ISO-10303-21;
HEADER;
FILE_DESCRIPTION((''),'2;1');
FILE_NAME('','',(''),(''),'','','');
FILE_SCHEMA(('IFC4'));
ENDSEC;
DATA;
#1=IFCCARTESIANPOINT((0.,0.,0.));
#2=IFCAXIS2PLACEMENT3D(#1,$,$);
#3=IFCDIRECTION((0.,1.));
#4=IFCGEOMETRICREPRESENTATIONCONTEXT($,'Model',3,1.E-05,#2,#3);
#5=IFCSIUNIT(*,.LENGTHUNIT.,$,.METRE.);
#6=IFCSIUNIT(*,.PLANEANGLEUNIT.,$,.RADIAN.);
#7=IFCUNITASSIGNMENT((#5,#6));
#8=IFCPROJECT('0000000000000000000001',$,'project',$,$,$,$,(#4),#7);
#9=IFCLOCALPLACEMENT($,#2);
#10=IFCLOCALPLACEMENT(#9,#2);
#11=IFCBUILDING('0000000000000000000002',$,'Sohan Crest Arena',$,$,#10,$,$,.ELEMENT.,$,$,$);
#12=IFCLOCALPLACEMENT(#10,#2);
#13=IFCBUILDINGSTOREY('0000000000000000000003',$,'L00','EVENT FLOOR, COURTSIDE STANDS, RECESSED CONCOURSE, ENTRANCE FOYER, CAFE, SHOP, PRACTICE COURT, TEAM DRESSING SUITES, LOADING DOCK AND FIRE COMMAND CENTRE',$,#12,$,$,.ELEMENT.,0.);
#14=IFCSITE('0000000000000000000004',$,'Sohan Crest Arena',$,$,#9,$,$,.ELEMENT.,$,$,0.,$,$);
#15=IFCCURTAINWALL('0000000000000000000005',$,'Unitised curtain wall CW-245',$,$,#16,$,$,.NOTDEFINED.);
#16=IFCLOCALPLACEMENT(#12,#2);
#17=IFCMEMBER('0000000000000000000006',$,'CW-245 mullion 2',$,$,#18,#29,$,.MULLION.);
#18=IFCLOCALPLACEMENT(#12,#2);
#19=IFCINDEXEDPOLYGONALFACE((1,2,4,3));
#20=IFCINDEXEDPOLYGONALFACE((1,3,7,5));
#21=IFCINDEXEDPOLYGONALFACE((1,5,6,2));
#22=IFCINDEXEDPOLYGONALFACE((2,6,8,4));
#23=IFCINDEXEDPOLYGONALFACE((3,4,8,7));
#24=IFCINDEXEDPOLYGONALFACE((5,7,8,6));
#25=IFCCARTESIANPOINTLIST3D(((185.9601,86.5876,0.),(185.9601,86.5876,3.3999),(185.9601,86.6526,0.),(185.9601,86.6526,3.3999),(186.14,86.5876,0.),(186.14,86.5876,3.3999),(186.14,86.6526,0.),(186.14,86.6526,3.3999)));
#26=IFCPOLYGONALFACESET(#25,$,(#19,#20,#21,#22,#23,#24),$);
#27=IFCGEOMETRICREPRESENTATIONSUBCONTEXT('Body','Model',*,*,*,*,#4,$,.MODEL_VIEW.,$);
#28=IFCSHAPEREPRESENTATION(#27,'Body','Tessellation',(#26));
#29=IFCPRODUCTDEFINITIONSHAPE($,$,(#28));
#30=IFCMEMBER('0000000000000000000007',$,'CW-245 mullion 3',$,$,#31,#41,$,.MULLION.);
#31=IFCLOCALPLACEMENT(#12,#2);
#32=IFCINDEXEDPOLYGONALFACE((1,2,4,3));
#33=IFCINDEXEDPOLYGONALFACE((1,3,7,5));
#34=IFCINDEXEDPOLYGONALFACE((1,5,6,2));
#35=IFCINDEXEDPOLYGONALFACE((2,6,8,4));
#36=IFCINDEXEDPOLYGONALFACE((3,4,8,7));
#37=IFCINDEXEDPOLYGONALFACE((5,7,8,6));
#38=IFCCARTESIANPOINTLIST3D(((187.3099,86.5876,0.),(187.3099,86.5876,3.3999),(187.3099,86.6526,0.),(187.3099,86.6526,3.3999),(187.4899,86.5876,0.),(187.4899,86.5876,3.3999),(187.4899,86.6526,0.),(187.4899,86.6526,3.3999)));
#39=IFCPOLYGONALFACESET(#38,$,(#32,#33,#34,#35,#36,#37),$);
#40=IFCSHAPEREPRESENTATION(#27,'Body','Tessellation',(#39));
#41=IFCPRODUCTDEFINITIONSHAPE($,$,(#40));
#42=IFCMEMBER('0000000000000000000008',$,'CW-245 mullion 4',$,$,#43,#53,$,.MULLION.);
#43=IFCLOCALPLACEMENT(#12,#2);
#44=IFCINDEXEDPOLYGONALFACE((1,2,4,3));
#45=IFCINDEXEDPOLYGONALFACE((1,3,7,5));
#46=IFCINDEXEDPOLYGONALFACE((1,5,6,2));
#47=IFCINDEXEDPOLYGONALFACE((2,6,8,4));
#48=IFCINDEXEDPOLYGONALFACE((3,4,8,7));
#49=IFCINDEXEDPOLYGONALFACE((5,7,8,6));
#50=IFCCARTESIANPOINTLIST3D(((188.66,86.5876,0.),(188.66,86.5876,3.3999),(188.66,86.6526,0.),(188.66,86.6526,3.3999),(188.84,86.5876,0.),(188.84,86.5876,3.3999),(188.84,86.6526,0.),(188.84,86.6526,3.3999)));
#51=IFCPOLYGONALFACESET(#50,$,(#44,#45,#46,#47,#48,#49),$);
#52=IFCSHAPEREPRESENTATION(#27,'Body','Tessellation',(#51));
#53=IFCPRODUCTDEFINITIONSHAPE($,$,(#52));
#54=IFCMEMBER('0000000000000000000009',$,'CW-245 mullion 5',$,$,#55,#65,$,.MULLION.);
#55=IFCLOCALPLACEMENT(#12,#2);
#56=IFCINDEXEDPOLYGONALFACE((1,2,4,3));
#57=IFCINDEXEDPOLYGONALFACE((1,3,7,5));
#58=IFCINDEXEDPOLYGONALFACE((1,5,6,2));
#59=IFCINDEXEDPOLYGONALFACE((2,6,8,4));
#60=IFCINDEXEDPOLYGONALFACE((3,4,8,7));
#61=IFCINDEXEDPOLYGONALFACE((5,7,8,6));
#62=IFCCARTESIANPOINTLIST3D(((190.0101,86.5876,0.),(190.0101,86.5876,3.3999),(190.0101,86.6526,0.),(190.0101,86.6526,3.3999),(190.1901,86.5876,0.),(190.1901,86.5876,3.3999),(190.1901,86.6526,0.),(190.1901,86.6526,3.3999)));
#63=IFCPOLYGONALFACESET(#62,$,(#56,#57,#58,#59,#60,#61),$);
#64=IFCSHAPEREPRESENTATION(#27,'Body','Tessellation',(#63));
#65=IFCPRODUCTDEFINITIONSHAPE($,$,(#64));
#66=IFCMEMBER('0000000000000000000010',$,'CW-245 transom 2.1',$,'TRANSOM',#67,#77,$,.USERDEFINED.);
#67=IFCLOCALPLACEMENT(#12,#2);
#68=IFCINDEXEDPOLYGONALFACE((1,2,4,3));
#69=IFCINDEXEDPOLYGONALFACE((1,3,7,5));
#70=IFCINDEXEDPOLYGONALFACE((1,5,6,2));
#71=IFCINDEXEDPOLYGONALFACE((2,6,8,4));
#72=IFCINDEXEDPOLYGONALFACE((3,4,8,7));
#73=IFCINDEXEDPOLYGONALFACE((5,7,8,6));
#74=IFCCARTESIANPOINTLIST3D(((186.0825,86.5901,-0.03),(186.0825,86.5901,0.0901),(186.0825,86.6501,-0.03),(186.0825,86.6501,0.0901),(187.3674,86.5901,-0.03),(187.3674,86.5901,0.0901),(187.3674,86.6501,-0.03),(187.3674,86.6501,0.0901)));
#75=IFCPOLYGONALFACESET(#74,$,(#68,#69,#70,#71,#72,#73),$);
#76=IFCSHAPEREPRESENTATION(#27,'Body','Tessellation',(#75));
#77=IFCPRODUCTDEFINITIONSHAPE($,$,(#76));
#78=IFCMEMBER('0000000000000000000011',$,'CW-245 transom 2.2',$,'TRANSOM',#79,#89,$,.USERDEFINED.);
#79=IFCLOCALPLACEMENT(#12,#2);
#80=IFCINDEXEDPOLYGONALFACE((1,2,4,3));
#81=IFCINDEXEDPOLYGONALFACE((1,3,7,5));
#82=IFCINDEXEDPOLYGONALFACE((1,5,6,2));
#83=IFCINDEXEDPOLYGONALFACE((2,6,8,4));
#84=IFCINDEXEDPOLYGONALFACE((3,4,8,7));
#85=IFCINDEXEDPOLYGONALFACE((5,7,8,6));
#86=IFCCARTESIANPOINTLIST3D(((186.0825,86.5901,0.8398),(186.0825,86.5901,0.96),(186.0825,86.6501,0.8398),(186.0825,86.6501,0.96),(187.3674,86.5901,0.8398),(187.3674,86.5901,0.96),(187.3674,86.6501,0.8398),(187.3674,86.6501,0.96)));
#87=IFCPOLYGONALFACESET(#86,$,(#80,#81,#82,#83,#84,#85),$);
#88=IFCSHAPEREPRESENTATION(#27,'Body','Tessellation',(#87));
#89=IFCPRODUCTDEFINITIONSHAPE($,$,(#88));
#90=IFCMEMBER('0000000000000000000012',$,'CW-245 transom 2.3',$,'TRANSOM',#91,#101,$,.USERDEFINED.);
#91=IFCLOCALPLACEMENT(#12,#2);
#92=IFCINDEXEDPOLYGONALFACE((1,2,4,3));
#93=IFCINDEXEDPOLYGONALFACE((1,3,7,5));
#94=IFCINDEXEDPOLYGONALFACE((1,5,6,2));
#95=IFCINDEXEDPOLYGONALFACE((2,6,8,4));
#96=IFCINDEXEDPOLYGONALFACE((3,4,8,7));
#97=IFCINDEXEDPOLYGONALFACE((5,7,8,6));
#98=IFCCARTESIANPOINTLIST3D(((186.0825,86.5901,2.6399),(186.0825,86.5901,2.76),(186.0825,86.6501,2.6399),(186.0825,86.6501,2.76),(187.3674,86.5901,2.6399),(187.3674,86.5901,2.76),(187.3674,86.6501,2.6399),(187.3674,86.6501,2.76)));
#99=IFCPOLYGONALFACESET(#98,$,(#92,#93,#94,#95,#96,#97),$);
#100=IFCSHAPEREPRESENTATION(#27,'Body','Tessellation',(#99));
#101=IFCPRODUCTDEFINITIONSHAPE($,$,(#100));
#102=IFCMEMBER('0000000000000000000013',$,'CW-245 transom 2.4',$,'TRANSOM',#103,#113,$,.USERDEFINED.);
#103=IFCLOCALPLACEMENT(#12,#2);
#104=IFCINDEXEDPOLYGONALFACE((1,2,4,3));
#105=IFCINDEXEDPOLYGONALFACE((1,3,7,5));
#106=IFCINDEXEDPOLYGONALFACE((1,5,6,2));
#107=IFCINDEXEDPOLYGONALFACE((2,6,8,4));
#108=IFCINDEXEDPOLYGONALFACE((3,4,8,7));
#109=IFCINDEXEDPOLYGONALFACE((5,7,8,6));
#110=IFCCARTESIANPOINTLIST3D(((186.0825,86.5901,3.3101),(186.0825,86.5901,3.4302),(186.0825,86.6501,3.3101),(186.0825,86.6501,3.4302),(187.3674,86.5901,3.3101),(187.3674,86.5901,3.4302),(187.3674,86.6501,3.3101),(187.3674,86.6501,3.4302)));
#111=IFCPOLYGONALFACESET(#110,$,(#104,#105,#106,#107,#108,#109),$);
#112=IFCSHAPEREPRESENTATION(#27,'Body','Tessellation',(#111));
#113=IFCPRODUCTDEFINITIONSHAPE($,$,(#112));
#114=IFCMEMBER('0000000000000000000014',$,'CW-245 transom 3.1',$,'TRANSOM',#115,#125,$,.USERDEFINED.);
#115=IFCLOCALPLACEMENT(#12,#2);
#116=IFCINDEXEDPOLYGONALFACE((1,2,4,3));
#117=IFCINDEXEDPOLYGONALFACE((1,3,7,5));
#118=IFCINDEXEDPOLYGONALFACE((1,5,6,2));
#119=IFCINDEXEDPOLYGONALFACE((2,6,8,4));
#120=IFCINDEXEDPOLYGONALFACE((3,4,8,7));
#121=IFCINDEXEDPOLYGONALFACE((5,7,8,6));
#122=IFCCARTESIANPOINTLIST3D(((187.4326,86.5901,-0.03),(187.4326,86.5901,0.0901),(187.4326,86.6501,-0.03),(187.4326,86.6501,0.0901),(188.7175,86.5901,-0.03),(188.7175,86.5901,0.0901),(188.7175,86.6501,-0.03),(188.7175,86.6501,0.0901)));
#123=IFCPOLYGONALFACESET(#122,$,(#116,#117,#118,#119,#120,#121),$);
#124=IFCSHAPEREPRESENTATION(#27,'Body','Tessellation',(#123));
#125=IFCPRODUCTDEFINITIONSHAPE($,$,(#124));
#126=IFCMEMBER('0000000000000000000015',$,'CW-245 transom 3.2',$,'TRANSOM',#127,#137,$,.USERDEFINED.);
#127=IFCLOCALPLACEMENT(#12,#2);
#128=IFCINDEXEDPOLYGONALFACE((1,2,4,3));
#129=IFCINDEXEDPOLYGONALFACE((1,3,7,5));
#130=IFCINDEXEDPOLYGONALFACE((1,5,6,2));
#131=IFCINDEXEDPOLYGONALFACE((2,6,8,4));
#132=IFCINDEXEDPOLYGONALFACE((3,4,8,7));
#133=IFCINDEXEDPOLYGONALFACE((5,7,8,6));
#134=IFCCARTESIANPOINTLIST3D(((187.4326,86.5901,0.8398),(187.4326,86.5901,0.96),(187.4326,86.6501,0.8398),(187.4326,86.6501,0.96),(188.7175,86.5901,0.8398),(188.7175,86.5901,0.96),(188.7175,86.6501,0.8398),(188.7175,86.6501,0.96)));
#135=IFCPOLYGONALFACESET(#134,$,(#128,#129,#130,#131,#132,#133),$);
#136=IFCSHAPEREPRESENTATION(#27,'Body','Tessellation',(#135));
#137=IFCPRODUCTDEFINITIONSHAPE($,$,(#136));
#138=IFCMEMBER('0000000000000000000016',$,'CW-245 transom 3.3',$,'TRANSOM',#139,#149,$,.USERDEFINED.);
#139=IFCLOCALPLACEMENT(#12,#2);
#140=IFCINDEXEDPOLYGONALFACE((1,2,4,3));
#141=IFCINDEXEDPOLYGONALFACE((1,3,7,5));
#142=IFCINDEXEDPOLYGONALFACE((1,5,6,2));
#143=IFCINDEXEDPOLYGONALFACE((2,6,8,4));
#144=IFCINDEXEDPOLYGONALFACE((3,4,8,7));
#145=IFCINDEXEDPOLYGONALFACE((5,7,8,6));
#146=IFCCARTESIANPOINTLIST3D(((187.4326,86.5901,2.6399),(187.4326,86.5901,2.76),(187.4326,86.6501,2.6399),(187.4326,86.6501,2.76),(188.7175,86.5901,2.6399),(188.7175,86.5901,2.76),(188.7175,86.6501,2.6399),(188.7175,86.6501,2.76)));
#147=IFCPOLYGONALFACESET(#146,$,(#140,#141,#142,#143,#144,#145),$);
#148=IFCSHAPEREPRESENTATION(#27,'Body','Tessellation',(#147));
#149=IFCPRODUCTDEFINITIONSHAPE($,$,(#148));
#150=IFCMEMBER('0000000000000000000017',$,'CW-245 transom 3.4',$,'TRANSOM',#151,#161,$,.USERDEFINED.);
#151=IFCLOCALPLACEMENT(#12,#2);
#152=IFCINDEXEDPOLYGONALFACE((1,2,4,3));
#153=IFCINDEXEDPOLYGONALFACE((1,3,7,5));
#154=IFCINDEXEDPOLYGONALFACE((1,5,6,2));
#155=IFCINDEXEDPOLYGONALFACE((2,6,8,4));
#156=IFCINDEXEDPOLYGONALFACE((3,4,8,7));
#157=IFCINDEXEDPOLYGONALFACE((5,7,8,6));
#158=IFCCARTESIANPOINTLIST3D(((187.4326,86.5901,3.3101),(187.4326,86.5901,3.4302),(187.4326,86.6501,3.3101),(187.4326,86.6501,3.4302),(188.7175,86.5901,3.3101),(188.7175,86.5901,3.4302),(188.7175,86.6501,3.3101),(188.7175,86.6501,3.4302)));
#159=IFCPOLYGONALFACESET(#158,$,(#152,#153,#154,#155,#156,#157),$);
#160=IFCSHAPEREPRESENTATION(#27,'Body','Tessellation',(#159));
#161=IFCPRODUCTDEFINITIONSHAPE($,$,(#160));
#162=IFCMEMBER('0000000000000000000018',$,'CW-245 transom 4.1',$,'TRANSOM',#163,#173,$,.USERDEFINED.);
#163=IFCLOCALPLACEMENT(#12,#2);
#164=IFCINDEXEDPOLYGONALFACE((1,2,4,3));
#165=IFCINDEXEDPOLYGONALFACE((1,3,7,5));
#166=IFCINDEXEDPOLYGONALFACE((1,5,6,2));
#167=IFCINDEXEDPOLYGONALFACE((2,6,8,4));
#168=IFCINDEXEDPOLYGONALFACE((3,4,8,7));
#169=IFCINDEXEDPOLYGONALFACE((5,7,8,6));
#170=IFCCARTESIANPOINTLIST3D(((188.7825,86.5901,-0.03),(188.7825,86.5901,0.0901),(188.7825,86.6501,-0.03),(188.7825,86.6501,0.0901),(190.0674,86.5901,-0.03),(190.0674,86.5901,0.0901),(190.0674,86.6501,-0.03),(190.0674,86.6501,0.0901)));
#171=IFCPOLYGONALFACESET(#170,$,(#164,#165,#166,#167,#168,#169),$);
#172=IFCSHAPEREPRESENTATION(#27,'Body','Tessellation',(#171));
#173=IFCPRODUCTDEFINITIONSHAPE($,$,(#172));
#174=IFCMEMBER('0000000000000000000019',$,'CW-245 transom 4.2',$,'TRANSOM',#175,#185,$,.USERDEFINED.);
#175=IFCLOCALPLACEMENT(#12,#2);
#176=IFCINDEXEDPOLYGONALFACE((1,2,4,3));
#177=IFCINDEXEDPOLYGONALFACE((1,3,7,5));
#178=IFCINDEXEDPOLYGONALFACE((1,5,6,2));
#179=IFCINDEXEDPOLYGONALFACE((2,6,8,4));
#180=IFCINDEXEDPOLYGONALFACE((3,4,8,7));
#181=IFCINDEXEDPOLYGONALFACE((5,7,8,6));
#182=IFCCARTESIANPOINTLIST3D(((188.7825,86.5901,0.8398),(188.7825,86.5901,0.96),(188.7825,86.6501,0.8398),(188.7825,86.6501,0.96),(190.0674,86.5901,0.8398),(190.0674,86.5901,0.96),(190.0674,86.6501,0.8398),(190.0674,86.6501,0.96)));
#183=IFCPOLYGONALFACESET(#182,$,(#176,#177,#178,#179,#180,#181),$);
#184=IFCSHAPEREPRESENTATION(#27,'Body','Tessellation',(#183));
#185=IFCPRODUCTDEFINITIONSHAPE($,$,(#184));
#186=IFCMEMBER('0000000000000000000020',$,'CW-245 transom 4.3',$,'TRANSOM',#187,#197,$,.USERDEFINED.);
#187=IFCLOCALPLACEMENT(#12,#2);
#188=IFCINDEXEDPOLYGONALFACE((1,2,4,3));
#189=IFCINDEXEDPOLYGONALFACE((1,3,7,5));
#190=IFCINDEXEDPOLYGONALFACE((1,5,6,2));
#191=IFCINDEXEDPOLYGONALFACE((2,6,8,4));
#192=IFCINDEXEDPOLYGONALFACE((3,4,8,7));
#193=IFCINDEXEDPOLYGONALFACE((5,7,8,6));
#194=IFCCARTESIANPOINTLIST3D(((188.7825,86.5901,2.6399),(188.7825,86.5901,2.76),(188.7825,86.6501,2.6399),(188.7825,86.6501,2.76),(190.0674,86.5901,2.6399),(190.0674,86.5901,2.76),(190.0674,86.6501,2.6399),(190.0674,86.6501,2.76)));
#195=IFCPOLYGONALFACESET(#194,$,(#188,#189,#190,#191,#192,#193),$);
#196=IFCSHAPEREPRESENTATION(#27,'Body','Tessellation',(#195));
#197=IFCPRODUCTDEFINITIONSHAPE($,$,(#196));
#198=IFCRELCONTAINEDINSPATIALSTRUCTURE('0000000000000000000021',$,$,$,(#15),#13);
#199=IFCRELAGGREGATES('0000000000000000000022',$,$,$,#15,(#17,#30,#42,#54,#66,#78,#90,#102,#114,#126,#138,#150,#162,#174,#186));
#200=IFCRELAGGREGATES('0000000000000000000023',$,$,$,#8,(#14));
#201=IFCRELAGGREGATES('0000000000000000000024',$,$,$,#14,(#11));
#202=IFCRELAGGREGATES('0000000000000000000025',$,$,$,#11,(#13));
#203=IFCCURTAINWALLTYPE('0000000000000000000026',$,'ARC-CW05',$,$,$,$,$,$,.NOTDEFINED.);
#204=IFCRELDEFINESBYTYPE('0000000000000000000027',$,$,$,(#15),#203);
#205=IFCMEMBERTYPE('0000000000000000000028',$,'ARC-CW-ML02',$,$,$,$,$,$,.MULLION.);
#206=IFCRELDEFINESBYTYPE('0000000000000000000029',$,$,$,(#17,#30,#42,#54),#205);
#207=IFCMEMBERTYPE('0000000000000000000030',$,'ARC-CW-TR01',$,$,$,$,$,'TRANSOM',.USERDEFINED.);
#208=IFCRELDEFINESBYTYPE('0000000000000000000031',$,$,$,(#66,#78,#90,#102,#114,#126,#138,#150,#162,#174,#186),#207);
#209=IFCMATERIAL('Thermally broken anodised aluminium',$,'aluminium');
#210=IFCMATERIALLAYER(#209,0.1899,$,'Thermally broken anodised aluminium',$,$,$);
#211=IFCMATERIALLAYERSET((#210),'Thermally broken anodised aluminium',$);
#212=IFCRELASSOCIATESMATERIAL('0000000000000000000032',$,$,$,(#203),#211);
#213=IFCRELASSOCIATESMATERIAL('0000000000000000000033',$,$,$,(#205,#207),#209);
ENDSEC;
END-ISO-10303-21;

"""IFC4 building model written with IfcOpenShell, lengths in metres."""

from ifc_helpers import new_model, si_unit, direction, frame, origin, origin_2d, place, context, subcontext, project, spatial, rectangle, extrude, material, layer, layer_set, material_profile, profile_set, type_object, element, aggregate, save


model = new_model("IFC4")

# Units and contexts
model_context = context("Model", 3, precision=1e-05, world=origin(), true_north=direction((0.0, 1.0)))
body_context = subcontext(model_context, "Body", "Model", "MODEL_VIEW")
ifc_project = project(units=[si_unit("LENGTHUNIT", "METRE"), si_unit("PLANEANGLEUNIT", "RADIAN")], contexts=[model_context])

# Site, building, storey
site_placement = place(None, origin())
site = spatial("IfcSite", under=ifc_project, at=site_placement, Name="Sohan Crest Arena", CompositionType="ELEMENT", RefElevation=0.0)
building_placement = place(site_placement, origin())
building = spatial("IfcBuilding", under=site, at=building_placement, Name="Sohan Crest Arena", CompositionType="ELEMENT")
storey_placement = place(building_placement, origin())
storey = spatial("IfcBuildingStorey", under=building, at=storey_placement, Name="L00", Description="EVENT FLOOR, COURTSIDE STANDS, RECESSED CONCOURSE, ENTRANCE FOYER, CAFE, SHOP, PRACTICE COURT, TEAM DRESSING SUITES, LOADING DOCK AND FIRE COMMAND CENTRE", CompositionType="ELEMENT", Elevation=0.0)

# Curtain wall, members
ifc_material_1 = material(Name="Thermally broken anodised aluminium", Category="aluminium")
ifc_layer_1 = layer(ifc_material_1, 0.1899, Name="Thermally broken anodised aluminium")
ifc_layer_set_1 = layer_set([ifc_layer_1], Name="Thermally broken anodised aluminium")
curtain_wall_type = type_object("IfcCurtainWallType", Name="ARC-CW05", PredefinedType="NOTDEFINED", material=ifc_layer_set_1)
curtain_wall_placement = place(storey_placement, origin())
curtain_wall = element("IfcCurtainWall", 1, at=curtain_wall_placement, inside=storey, type_object=curtain_wall_type, Name="Unitised curtain wall CW-245", PredefinedType="NOTDEFINED")
ifc_material_profile_1 = material_profile(ifc_material_1, rectangle(XDim=0.0649, YDim=0.1799, at=origin_2d()), Name="ALU-MULL 65x180")
ifc_profile_set_1 = profile_set([ifc_material_profile_1], Name="Thermally broken anodised aluminium")
member_type_1 = type_object("IfcMemberType", Name="ARC-CW-ML02", PredefinedType="MULLION", material=ifc_profile_set_1)
member_1_placement = place(storey_placement, frame((186.05, 86.6201, 0.0), z_axis=(0.0, 0.0, 1.0), x_axis=(0.0, 1.0, 0.0)))
member_1 = element("IfcMember", 2, at=member_1_placement, type_object=member_type_1, Name="CW-245 mullion 2", PredefinedType="MULLION", context=body_context, shape_type="SweptSolid", body=[
    extrude(rectangle(XDim=0.0649, YDim=0.1799, at=origin_2d()), origin(), (0.0, 0.0, 1.0), 3.3999),
])
member_2_placement = place(storey_placement, frame((187.3999, 86.6201, 0.0), z_axis=(0.0, 0.0, 1.0), x_axis=(0.0, 1.0, 0.0)))
member_2 = element("IfcMember", 3, at=member_2_placement, type_object=member_type_1, Name="CW-245 mullion 3", PredefinedType="MULLION", context=body_context, shape_type="SweptSolid", body=[
    extrude(rectangle(XDim=0.0649, YDim=0.1799, at=origin_2d()), origin(), (0.0, 0.0, 1.0), 3.3999),
])
member_3_placement = place(storey_placement, frame((188.75, 86.6201, 0.0), z_axis=(0.0, 0.0, 1.0), x_axis=(0.0, 1.0, 0.0)))
member_3 = element("IfcMember", 4, at=member_3_placement, type_object=member_type_1, Name="CW-245 mullion 4", PredefinedType="MULLION", context=body_context, shape_type="SweptSolid", body=[
    extrude(rectangle(XDim=0.0649, YDim=0.1799, at=origin_2d()), origin(), (0.0, 0.0, 1.0), 3.3999),
])
member_4_placement = place(storey_placement, frame((190.1001, 86.6201, 0.0), z_axis=(0.0, 0.0, 1.0), x_axis=(0.0, 1.0, 0.0)))
member_4 = element("IfcMember", 5, at=member_4_placement, type_object=member_type_1, Name="CW-245 mullion 5", PredefinedType="MULLION", context=body_context, shape_type="SweptSolid", body=[
    extrude(rectangle(XDim=0.0649, YDim=0.1799, at=origin_2d()), origin(), (0.0, 0.0, 1.0), 3.3999),
])
ifc_material_profile_2 = material_profile(ifc_material_1, rectangle(XDim=0.0601, YDim=0.1201, at=origin_2d()), Name="ALU-TRAN 60x120")
ifc_profile_set_2 = profile_set([ifc_material_profile_2], Name="Thermally broken anodised aluminium")
member_type_2 = type_object("IfcMemberType", Name="ARC-CW-TR01", ElementType="TRANSOM", PredefinedType="USERDEFINED", material=ifc_profile_set_2)
member_5_placement = place(storey_placement, frame((186.0825, 86.6201, 0.03), z_axis=(1.0, 0.0, 0.0), x_axis=(0.0, 1.0, 0.0)))
member_5 = element("IfcMember", 6, at=member_5_placement, type_object=member_type_2, Name="CW-245 transom 2.1", ObjectType="TRANSOM", PredefinedType="USERDEFINED", context=body_context, shape_type="SweptSolid", body=[
    extrude(rectangle(XDim=0.0601, YDim=0.1201, at=origin_2d()), origin(), (0.0, 0.0, 1.0), 1.2849),
])
member_6_placement = place(storey_placement, frame((186.0825, 86.6201, 0.8999), z_axis=(1.0, 0.0, 0.0), x_axis=(0.0, 1.0, 0.0)))
member_6 = element("IfcMember", 7, at=member_6_placement, type_object=member_type_2, Name="CW-245 transom 2.2", ObjectType="TRANSOM", PredefinedType="USERDEFINED", context=body_context, shape_type="SweptSolid", body=[
    extrude(rectangle(XDim=0.0601, YDim=0.1201, at=origin_2d()), origin(), (0.0, 0.0, 1.0), 1.2849),
])
member_7_placement = place(storey_placement, frame((186.0825, 86.6201, 2.7), z_axis=(1.0, 0.0, 0.0), x_axis=(0.0, 1.0, 0.0)))
member_7 = element("IfcMember", 8, at=member_7_placement, type_object=member_type_2, Name="CW-245 transom 2.3", ObjectType="TRANSOM", PredefinedType="USERDEFINED", context=body_context, shape_type="SweptSolid", body=[
    extrude(rectangle(XDim=0.0601, YDim=0.1201, at=origin_2d()), origin(), (0.0, 0.0, 1.0), 1.2849),
])
member_8_placement = place(storey_placement, frame((186.0825, 86.6201, 3.3701), z_axis=(1.0, 0.0, 0.0), x_axis=(0.0, 1.0, 0.0)))
member_8 = element("IfcMember", 9, at=member_8_placement, type_object=member_type_2, Name="CW-245 transom 2.4", ObjectType="TRANSOM", PredefinedType="USERDEFINED", context=body_context, shape_type="SweptSolid", body=[
    extrude(rectangle(XDim=0.0601, YDim=0.1201, at=origin_2d()), origin(), (0.0, 0.0, 1.0), 1.2849),
])
member_9_placement = place(storey_placement, frame((187.4326, 86.6201, 0.03), z_axis=(1.0, 0.0, 0.0), x_axis=(0.0, 1.0, 0.0)))
member_9 = element("IfcMember", 10, at=member_9_placement, type_object=member_type_2, Name="CW-245 transom 3.1", ObjectType="TRANSOM", PredefinedType="USERDEFINED", context=body_context, shape_type="SweptSolid", body=[
    extrude(rectangle(XDim=0.0601, YDim=0.1201, at=origin_2d()), origin(), (0.0, 0.0, 1.0), 1.2849),
])
member_10_placement = place(storey_placement, frame((187.4326, 86.6201, 0.8999), z_axis=(1.0, 0.0, 0.0), x_axis=(0.0, 1.0, 0.0)))
member_10 = element("IfcMember", 11, at=member_10_placement, type_object=member_type_2, Name="CW-245 transom 3.2", ObjectType="TRANSOM", PredefinedType="USERDEFINED", context=body_context, shape_type="SweptSolid", body=[
    extrude(rectangle(XDim=0.0601, YDim=0.1201, at=origin_2d()), origin(), (0.0, 0.0, 1.0), 1.2849),
])
member_11_placement = place(storey_placement, frame((187.4326, 86.6201, 2.7), z_axis=(1.0, 0.0, 0.0), x_axis=(0.0, 1.0, 0.0)))
member_11 = element("IfcMember", 12, at=member_11_placement, type_object=member_type_2, Name="CW-245 transom 3.3", ObjectType="TRANSOM", PredefinedType="USERDEFINED", context=body_context, shape_type="SweptSolid", body=[
    extrude(rectangle(XDim=0.0601, YDim=0.1201, at=origin_2d()), origin(), (0.0, 0.0, 1.0), 1.2849),
])
member_12_placement = place(storey_placement, frame((187.4326, 86.6201, 3.3701), z_axis=(1.0, 0.0, 0.0), x_axis=(0.0, 1.0, 0.0)))
member_12 = element("IfcMember", 13, at=member_12_placement, type_object=member_type_2, Name="CW-245 transom 3.4", ObjectType="TRANSOM", PredefinedType="USERDEFINED", context=body_context, shape_type="SweptSolid", body=[
    extrude(rectangle(XDim=0.0601, YDim=0.1201, at=origin_2d()), origin(), (0.0, 0.0, 1.0), 1.2849),
])
member_13_placement = place(storey_placement, frame((188.7825, 86.6201, 0.03), z_axis=(1.0, 0.0, 0.0), x_axis=(0.0, 1.0, 0.0)))
member_13 = element("IfcMember", 14, at=member_13_placement, type_object=member_type_2, Name="CW-245 transom 4.1", ObjectType="TRANSOM", PredefinedType="USERDEFINED", context=body_context, shape_type="SweptSolid", body=[
    extrude(rectangle(XDim=0.0601, YDim=0.1201, at=origin_2d()), origin(), (0.0, 0.0, 1.0), 1.2849),
])
member_14_placement = place(storey_placement, frame((188.7825, 86.6201, 0.8999), z_axis=(1.0, 0.0, 0.0), x_axis=(0.0, 1.0, 0.0)))
member_14 = element("IfcMember", 15, at=member_14_placement, type_object=member_type_2, Name="CW-245 transom 4.2", ObjectType="TRANSOM", PredefinedType="USERDEFINED", context=body_context, shape_type="SweptSolid", body=[
    extrude(rectangle(XDim=0.0601, YDim=0.1201, at=origin_2d()), origin(), (0.0, 0.0, 1.0), 1.2849),
])
member_15_placement = place(storey_placement, frame((188.7825, 86.6201, 2.7), z_axis=(1.0, 0.0, 0.0), x_axis=(0.0, 1.0, 0.0)))
member_15 = element("IfcMember", 16, at=member_15_placement, type_object=member_type_2, Name="CW-245 transom 4.3", ObjectType="TRANSOM", PredefinedType="USERDEFINED", context=body_context, shape_type="SweptSolid", body=[
    extrude(rectangle(XDim=0.0601, YDim=0.1201, at=origin_2d()), origin(), (0.0, 0.0, 1.0), 1.2849),
])
aggregate(curtain_wall, [member_1, member_2, member_3, member_4, member_5, member_6, member_7, member_8, member_9, member_10, member_11, member_12, member_13, member_14, member_15])

save(model, "model.ifc")
